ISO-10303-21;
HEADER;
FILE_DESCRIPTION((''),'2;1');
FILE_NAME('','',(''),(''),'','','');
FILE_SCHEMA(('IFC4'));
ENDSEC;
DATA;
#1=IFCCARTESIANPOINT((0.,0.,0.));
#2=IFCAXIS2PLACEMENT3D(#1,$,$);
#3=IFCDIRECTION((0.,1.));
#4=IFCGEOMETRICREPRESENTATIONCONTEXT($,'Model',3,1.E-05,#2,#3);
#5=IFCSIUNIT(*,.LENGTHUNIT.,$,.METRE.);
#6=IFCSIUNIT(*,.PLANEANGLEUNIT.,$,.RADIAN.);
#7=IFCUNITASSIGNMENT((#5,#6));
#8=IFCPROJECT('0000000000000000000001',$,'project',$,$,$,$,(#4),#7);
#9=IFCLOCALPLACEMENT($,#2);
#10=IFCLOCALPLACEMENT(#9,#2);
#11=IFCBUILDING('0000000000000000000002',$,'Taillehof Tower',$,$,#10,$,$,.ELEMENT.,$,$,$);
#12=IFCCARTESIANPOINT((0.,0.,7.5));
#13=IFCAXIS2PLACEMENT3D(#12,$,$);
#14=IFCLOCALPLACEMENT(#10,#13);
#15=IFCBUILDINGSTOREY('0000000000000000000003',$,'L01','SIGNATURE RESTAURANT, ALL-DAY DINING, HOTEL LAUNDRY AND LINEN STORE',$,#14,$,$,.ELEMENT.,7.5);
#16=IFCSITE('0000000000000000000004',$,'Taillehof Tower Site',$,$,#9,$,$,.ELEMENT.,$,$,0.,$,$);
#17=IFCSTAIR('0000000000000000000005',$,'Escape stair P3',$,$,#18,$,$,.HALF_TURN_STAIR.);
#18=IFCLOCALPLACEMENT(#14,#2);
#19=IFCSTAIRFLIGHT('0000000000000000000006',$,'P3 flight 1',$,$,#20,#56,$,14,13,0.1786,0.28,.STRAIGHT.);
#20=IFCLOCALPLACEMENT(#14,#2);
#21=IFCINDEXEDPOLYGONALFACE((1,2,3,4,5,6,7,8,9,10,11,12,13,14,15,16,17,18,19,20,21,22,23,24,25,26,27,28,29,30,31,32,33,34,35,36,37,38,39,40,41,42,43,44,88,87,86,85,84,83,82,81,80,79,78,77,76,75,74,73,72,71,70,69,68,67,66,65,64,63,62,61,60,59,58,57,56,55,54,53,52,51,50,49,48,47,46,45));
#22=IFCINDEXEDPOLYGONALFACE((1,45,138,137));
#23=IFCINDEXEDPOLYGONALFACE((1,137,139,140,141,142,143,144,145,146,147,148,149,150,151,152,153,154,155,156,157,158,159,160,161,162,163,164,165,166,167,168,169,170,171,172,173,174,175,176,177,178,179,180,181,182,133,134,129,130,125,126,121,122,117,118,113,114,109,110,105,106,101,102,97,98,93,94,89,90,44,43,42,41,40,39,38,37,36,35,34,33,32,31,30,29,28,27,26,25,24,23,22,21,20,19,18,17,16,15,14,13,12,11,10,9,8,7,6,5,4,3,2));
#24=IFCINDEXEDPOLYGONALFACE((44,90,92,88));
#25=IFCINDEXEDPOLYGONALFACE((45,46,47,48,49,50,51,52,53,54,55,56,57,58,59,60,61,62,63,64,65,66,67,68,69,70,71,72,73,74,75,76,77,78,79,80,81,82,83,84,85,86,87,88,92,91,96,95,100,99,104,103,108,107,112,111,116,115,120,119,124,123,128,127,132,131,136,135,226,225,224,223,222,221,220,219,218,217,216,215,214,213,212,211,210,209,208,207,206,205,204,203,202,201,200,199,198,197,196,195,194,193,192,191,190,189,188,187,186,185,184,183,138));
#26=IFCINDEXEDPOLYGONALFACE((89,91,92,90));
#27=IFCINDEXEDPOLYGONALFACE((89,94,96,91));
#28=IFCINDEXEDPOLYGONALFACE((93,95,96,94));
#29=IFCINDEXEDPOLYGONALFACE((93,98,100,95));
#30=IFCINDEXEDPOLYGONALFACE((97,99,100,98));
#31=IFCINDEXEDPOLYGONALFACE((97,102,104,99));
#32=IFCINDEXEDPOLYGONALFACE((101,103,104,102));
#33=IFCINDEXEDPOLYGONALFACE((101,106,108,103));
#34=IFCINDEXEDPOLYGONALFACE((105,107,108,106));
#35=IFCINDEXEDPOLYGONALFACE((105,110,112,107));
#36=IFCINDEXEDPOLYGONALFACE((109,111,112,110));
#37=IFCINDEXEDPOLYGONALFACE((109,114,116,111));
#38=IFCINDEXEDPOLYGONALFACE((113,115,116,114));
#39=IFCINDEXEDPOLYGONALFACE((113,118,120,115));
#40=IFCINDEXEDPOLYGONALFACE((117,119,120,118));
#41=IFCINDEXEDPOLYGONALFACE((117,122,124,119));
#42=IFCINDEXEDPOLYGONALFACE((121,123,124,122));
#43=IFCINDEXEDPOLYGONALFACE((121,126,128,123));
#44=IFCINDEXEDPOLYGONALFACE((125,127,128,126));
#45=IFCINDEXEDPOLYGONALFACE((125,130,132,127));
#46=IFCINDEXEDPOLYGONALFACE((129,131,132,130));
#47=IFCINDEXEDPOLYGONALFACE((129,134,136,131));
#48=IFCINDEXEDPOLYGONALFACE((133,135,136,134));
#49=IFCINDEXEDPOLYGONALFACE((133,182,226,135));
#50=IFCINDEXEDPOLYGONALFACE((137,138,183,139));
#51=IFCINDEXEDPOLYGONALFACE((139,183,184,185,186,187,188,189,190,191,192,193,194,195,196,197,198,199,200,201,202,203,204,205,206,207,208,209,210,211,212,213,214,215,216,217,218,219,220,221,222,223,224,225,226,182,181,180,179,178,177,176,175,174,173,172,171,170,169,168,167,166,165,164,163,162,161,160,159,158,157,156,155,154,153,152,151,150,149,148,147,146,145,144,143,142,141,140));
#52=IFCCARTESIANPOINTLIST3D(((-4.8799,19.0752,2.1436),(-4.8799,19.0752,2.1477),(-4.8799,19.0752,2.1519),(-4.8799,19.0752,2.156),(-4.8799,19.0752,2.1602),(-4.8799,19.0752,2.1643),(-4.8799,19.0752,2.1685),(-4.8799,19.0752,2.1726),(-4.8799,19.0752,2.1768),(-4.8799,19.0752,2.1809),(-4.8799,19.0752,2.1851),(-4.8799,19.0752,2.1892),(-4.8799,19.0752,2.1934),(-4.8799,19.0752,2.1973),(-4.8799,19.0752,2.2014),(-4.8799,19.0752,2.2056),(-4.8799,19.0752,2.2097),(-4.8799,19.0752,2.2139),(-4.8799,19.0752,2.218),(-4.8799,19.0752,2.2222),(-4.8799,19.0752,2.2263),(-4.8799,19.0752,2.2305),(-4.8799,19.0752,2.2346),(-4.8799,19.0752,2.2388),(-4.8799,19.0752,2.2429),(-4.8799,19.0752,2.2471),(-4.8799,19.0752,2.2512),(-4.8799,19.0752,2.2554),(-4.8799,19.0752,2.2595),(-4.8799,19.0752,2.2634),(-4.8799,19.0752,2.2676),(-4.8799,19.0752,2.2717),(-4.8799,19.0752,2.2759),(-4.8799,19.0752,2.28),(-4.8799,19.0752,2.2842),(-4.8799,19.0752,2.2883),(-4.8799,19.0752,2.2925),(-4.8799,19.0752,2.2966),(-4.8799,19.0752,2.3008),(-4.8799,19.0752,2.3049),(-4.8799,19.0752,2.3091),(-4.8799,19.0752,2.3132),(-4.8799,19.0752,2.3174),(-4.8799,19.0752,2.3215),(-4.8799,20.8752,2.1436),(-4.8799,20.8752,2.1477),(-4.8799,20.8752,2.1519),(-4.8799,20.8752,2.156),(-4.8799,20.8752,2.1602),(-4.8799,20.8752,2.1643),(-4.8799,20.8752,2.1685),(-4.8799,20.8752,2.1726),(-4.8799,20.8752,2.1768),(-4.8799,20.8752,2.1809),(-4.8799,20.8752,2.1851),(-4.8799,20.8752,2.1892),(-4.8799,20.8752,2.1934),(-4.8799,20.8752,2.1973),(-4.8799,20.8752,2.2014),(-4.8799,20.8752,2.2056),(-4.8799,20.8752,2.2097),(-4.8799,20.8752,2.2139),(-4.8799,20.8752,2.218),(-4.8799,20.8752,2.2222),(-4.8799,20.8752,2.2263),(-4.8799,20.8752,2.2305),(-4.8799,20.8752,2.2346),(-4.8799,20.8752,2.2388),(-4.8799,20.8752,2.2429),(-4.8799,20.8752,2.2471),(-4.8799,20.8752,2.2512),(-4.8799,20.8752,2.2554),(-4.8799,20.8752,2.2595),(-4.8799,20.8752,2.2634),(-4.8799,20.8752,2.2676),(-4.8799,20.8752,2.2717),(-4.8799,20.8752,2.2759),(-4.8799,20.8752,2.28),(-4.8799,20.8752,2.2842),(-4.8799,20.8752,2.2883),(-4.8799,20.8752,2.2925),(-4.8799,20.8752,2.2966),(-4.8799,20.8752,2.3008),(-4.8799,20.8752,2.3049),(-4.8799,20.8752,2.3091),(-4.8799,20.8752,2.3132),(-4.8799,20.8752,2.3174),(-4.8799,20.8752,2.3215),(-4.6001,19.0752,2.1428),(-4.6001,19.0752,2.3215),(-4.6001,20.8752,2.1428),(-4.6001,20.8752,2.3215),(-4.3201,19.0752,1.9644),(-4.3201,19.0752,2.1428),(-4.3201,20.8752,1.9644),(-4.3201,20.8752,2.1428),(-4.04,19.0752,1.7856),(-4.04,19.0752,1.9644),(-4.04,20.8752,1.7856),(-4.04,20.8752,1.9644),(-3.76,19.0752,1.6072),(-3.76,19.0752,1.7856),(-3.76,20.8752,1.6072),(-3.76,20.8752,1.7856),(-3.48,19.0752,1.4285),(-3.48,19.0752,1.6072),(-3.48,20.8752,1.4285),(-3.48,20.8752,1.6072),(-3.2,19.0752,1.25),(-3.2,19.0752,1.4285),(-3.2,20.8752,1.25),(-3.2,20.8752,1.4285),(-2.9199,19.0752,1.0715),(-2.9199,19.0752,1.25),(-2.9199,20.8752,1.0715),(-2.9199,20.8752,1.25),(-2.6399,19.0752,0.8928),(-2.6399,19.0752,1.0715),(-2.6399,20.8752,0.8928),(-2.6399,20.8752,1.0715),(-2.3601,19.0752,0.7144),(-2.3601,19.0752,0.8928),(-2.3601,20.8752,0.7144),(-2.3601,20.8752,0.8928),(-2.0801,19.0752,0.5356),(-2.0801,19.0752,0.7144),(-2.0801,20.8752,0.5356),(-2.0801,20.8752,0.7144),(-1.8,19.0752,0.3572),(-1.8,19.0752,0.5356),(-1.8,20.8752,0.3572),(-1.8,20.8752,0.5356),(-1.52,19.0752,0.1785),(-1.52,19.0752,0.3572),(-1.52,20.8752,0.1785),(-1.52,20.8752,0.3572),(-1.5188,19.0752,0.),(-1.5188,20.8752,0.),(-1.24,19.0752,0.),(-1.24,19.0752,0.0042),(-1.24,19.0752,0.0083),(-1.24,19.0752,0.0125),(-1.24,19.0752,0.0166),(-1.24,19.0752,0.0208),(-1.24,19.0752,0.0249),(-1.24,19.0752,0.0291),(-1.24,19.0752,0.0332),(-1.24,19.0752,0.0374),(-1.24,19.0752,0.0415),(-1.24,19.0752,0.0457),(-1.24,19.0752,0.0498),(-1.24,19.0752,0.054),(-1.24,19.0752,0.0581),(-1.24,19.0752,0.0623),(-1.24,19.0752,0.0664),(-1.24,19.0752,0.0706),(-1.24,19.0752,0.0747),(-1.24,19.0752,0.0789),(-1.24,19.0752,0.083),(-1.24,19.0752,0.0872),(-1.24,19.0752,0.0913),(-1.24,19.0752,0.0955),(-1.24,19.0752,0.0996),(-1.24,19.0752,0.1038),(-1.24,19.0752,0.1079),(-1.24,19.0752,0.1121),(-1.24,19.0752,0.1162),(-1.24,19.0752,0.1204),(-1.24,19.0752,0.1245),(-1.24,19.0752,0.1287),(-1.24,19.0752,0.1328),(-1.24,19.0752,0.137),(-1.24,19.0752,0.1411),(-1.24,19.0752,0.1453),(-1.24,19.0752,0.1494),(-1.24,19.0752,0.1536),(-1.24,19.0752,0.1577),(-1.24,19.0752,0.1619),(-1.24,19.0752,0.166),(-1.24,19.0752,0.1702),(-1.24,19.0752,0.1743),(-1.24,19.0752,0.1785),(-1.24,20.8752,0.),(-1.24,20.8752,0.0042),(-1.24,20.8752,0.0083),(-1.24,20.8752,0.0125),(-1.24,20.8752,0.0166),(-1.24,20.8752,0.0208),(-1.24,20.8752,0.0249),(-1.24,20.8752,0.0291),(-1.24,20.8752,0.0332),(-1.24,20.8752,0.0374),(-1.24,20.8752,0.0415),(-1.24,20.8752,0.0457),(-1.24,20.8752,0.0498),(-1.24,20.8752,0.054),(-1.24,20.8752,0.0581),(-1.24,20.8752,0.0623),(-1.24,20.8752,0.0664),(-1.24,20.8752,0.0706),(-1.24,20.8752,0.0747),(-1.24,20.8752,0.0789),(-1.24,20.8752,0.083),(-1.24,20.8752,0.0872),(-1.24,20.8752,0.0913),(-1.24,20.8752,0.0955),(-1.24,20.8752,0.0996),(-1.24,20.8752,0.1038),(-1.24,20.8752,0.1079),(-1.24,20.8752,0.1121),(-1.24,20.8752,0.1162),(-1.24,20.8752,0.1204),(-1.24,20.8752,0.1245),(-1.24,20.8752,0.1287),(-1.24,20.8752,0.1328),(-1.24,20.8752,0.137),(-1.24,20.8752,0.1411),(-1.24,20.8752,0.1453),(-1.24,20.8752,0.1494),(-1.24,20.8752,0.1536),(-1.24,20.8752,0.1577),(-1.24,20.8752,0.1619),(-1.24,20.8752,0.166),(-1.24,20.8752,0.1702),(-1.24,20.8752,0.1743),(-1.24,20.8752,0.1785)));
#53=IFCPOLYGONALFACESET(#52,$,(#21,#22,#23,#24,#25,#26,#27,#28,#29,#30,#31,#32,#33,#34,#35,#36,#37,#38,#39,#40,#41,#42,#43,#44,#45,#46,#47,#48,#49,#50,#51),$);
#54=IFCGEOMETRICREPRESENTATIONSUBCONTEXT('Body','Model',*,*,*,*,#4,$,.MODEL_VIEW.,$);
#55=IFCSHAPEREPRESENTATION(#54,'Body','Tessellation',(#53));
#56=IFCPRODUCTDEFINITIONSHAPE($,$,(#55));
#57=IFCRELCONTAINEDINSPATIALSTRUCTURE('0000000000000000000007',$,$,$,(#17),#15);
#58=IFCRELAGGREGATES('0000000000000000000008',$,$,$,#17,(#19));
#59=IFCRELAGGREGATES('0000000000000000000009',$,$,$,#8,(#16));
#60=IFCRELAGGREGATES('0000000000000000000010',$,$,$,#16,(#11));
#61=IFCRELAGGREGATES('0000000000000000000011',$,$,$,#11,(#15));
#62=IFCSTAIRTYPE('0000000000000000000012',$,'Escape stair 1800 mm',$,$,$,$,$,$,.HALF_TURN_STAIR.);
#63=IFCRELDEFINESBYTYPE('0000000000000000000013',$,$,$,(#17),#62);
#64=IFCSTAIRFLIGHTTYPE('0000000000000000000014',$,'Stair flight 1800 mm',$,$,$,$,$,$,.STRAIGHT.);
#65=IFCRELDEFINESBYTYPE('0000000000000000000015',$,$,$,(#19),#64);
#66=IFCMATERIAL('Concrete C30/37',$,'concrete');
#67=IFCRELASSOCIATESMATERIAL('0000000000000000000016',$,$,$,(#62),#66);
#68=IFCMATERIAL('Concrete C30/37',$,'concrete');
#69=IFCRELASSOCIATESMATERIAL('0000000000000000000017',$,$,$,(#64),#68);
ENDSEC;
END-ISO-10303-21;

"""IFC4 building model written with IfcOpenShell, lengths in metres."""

from ifc_helpers import new_model, si_unit, direction, frame, origin, place, context, subcontext, project, spatial, polyline, outline, extrude, material, type_object, element, aggregate, save


model = new_model("IFC4")

# Units and contexts
model_context = context("Model", 3, precision=1e-05, world=origin(), true_north=direction((0.0, 1.0)))
body_context = subcontext(model_context, "Body", "Model", "MODEL_VIEW")
ifc_project = project(units=[si_unit("LENGTHUNIT", "METRE"), si_unit("PLANEANGLEUNIT", "RADIAN")], contexts=[model_context])

# Site, building, storey
site_placement = place(None, origin())
site = spatial("IfcSite", under=ifc_project, at=site_placement, Name="Taillehof Tower Site", CompositionType="ELEMENT", RefElevation=0.0)
building_placement = place(site_placement, origin())
building = spatial("IfcBuilding", under=site, at=building_placement, Name="Taillehof Tower", CompositionType="ELEMENT")
storey_placement = place(building_placement, frame((0.0, 0.0, 7.5)))
storey = spatial("IfcBuildingStorey", under=building, at=storey_placement, Name="L01", Description="SIGNATURE RESTAURANT, ALL-DAY DINING, HOTEL LAUNDRY AND LINEN STORE", CompositionType="ELEMENT", Elevation=7.5)

# Stair, stair flight
ifc_material_1 = material(Name="Concrete C30/37", Category="concrete")
stair_type = type_object("IfcStairType", Name="Escape stair 1800 mm", PredefinedType="HALF_TURN_STAIR", material=ifc_material_1)
stair_placement = place(storey_placement, origin())
stair = element("IfcStair", 1, at=stair_placement, inside=storey, type_object=stair_type, Name="Escape stair P3", PredefinedType="HALF_TURN_STAIR")
ifc_material_2 = material(Name="Concrete C30/37", Category="concrete")
stair_flight_type = type_object("IfcStairFlightType", Name="Stair flight 1800 mm", PredefinedType="STRAIGHT", material=ifc_material_2)
stair_flight_1_placement = place(storey_placement, frame((-1.24, 19.9751, 0.0), z_axis=(0.0, 0.0, 1.0), x_axis=(-1.0, 0.0, 0.0)))
stair_flight_1 = element("IfcStairFlight", 2, at=stair_flight_1_placement, type_object=stair_flight_type, Name="P3 flight 1", NumberOfRisers=14, NumberOfTreads=13, PredefinedType="STRAIGHT", RiserHeight=0.1786, TreadLength=0.28, context=body_context, shape_type="SweptSolid", body=[
    extrude(outline(polyline([(0.0, 0.0), (0.0, 0.0042), (0.0, 0.0083), (0.0, 0.0125), (0.0, 0.0166), (0.0, 0.0208), (0.0, 0.0249), (0.0, 0.0291), (0.0, 0.0332), (0.0, 0.0374), (0.0, 0.0415), (0.0, 0.0457), (0.0, 0.0498), (0.0, 0.054), (0.0, 0.0581), (0.0, 0.0623), (0.0, 0.0664), (0.0, 0.0706), (0.0, 0.0747), (0.0, 0.0789), (0.0, 0.083), (0.0, 0.0872), (0.0, 0.0913), (0.0, 0.0955), (0.0, 0.0996), (0.0, 0.1038), (0.0, 0.1079), (0.0, 0.1121), (0.0, 0.1162), (0.0, 0.1204), (0.0, 0.1245), (0.0, 0.1287), (0.0, 0.1328), (0.0, 0.137), (0.0, 0.1411), (0.0, 0.1453), (0.0, 0.1494), (0.0, 0.1536), (0.0, 0.1577), (0.0, 0.1619), (0.0, 0.166), (0.0, 0.1702), (0.0, 0.1743), (0.0, 0.1785), (0.28, 0.1785), (0.28, 0.3572), (0.5601, 0.3572), (0.5601, 0.5356), (0.8401, 0.5356), (0.8401, 0.7144), (1.1201, 0.7144), (1.1201, 0.8928), (1.3999, 0.8928), (1.3999, 1.0715), (1.6799, 1.0715), (1.6799, 1.25), (1.96, 1.25), (1.96, 1.4285), (2.24, 1.4285), (2.24, 1.6072), (2.52, 1.6072), (2.52, 1.7856), (2.8, 1.7856), (2.8, 1.9644), (3.0801, 1.9644), (3.0801, 2.1428), (3.3601, 2.1428), (3.3601, 2.3215), (3.6399, 2.3215), (3.6399, 2.3174), (3.6399, 2.3132), (3.6399, 2.3091), (3.6399, 2.3049), (3.6399, 2.3008), (3.6399, 2.2966), (3.6399, 2.2925), (3.6399, 2.2883), (3.6399, 2.2842), (3.6399, 2.28), (3.6399, 2.2759), (3.6399, 2.2717), (3.6399, 2.2676), (3.6399, 2.2634), (3.6399, 2.2595), (3.6399, 2.2554), (3.6399, 2.2512), (3.6399, 2.2471), (3.6399, 2.2429), (3.6399, 2.2388), (3.6399, 2.2346), (3.6399, 2.2305), (3.6399, 2.2263), (3.6399, 2.2222), (3.6399, 2.218), (3.6399, 2.2139), (3.6399, 2.2097), (3.6399, 2.2056), (3.6399, 2.2014), (3.6399, 2.1973), (3.6399, 2.1934), (3.6399, 2.1892), (3.6399, 2.1851), (3.6399, 2.1809), (3.6399, 2.1768), (3.6399, 2.1726), (3.6399, 2.1685), (3.6399, 2.1643), (3.6399, 2.1602), (3.6399, 2.156), (3.6399, 2.1519), (3.6399, 2.1477), (3.6399, 2.1436), (0.2788, 0.0), (0.0, 0.0)])), frame((0.0, 0.8999, 0.0), z_axis=(0.0, -1.0, 0.0), x_axis=(1.0, 0.0, 0.0)), (0.0, 0.0, 1.0), 1.8),
])
aggregate(stair, [stair_flight_1])

save(model, "model.ifc")
